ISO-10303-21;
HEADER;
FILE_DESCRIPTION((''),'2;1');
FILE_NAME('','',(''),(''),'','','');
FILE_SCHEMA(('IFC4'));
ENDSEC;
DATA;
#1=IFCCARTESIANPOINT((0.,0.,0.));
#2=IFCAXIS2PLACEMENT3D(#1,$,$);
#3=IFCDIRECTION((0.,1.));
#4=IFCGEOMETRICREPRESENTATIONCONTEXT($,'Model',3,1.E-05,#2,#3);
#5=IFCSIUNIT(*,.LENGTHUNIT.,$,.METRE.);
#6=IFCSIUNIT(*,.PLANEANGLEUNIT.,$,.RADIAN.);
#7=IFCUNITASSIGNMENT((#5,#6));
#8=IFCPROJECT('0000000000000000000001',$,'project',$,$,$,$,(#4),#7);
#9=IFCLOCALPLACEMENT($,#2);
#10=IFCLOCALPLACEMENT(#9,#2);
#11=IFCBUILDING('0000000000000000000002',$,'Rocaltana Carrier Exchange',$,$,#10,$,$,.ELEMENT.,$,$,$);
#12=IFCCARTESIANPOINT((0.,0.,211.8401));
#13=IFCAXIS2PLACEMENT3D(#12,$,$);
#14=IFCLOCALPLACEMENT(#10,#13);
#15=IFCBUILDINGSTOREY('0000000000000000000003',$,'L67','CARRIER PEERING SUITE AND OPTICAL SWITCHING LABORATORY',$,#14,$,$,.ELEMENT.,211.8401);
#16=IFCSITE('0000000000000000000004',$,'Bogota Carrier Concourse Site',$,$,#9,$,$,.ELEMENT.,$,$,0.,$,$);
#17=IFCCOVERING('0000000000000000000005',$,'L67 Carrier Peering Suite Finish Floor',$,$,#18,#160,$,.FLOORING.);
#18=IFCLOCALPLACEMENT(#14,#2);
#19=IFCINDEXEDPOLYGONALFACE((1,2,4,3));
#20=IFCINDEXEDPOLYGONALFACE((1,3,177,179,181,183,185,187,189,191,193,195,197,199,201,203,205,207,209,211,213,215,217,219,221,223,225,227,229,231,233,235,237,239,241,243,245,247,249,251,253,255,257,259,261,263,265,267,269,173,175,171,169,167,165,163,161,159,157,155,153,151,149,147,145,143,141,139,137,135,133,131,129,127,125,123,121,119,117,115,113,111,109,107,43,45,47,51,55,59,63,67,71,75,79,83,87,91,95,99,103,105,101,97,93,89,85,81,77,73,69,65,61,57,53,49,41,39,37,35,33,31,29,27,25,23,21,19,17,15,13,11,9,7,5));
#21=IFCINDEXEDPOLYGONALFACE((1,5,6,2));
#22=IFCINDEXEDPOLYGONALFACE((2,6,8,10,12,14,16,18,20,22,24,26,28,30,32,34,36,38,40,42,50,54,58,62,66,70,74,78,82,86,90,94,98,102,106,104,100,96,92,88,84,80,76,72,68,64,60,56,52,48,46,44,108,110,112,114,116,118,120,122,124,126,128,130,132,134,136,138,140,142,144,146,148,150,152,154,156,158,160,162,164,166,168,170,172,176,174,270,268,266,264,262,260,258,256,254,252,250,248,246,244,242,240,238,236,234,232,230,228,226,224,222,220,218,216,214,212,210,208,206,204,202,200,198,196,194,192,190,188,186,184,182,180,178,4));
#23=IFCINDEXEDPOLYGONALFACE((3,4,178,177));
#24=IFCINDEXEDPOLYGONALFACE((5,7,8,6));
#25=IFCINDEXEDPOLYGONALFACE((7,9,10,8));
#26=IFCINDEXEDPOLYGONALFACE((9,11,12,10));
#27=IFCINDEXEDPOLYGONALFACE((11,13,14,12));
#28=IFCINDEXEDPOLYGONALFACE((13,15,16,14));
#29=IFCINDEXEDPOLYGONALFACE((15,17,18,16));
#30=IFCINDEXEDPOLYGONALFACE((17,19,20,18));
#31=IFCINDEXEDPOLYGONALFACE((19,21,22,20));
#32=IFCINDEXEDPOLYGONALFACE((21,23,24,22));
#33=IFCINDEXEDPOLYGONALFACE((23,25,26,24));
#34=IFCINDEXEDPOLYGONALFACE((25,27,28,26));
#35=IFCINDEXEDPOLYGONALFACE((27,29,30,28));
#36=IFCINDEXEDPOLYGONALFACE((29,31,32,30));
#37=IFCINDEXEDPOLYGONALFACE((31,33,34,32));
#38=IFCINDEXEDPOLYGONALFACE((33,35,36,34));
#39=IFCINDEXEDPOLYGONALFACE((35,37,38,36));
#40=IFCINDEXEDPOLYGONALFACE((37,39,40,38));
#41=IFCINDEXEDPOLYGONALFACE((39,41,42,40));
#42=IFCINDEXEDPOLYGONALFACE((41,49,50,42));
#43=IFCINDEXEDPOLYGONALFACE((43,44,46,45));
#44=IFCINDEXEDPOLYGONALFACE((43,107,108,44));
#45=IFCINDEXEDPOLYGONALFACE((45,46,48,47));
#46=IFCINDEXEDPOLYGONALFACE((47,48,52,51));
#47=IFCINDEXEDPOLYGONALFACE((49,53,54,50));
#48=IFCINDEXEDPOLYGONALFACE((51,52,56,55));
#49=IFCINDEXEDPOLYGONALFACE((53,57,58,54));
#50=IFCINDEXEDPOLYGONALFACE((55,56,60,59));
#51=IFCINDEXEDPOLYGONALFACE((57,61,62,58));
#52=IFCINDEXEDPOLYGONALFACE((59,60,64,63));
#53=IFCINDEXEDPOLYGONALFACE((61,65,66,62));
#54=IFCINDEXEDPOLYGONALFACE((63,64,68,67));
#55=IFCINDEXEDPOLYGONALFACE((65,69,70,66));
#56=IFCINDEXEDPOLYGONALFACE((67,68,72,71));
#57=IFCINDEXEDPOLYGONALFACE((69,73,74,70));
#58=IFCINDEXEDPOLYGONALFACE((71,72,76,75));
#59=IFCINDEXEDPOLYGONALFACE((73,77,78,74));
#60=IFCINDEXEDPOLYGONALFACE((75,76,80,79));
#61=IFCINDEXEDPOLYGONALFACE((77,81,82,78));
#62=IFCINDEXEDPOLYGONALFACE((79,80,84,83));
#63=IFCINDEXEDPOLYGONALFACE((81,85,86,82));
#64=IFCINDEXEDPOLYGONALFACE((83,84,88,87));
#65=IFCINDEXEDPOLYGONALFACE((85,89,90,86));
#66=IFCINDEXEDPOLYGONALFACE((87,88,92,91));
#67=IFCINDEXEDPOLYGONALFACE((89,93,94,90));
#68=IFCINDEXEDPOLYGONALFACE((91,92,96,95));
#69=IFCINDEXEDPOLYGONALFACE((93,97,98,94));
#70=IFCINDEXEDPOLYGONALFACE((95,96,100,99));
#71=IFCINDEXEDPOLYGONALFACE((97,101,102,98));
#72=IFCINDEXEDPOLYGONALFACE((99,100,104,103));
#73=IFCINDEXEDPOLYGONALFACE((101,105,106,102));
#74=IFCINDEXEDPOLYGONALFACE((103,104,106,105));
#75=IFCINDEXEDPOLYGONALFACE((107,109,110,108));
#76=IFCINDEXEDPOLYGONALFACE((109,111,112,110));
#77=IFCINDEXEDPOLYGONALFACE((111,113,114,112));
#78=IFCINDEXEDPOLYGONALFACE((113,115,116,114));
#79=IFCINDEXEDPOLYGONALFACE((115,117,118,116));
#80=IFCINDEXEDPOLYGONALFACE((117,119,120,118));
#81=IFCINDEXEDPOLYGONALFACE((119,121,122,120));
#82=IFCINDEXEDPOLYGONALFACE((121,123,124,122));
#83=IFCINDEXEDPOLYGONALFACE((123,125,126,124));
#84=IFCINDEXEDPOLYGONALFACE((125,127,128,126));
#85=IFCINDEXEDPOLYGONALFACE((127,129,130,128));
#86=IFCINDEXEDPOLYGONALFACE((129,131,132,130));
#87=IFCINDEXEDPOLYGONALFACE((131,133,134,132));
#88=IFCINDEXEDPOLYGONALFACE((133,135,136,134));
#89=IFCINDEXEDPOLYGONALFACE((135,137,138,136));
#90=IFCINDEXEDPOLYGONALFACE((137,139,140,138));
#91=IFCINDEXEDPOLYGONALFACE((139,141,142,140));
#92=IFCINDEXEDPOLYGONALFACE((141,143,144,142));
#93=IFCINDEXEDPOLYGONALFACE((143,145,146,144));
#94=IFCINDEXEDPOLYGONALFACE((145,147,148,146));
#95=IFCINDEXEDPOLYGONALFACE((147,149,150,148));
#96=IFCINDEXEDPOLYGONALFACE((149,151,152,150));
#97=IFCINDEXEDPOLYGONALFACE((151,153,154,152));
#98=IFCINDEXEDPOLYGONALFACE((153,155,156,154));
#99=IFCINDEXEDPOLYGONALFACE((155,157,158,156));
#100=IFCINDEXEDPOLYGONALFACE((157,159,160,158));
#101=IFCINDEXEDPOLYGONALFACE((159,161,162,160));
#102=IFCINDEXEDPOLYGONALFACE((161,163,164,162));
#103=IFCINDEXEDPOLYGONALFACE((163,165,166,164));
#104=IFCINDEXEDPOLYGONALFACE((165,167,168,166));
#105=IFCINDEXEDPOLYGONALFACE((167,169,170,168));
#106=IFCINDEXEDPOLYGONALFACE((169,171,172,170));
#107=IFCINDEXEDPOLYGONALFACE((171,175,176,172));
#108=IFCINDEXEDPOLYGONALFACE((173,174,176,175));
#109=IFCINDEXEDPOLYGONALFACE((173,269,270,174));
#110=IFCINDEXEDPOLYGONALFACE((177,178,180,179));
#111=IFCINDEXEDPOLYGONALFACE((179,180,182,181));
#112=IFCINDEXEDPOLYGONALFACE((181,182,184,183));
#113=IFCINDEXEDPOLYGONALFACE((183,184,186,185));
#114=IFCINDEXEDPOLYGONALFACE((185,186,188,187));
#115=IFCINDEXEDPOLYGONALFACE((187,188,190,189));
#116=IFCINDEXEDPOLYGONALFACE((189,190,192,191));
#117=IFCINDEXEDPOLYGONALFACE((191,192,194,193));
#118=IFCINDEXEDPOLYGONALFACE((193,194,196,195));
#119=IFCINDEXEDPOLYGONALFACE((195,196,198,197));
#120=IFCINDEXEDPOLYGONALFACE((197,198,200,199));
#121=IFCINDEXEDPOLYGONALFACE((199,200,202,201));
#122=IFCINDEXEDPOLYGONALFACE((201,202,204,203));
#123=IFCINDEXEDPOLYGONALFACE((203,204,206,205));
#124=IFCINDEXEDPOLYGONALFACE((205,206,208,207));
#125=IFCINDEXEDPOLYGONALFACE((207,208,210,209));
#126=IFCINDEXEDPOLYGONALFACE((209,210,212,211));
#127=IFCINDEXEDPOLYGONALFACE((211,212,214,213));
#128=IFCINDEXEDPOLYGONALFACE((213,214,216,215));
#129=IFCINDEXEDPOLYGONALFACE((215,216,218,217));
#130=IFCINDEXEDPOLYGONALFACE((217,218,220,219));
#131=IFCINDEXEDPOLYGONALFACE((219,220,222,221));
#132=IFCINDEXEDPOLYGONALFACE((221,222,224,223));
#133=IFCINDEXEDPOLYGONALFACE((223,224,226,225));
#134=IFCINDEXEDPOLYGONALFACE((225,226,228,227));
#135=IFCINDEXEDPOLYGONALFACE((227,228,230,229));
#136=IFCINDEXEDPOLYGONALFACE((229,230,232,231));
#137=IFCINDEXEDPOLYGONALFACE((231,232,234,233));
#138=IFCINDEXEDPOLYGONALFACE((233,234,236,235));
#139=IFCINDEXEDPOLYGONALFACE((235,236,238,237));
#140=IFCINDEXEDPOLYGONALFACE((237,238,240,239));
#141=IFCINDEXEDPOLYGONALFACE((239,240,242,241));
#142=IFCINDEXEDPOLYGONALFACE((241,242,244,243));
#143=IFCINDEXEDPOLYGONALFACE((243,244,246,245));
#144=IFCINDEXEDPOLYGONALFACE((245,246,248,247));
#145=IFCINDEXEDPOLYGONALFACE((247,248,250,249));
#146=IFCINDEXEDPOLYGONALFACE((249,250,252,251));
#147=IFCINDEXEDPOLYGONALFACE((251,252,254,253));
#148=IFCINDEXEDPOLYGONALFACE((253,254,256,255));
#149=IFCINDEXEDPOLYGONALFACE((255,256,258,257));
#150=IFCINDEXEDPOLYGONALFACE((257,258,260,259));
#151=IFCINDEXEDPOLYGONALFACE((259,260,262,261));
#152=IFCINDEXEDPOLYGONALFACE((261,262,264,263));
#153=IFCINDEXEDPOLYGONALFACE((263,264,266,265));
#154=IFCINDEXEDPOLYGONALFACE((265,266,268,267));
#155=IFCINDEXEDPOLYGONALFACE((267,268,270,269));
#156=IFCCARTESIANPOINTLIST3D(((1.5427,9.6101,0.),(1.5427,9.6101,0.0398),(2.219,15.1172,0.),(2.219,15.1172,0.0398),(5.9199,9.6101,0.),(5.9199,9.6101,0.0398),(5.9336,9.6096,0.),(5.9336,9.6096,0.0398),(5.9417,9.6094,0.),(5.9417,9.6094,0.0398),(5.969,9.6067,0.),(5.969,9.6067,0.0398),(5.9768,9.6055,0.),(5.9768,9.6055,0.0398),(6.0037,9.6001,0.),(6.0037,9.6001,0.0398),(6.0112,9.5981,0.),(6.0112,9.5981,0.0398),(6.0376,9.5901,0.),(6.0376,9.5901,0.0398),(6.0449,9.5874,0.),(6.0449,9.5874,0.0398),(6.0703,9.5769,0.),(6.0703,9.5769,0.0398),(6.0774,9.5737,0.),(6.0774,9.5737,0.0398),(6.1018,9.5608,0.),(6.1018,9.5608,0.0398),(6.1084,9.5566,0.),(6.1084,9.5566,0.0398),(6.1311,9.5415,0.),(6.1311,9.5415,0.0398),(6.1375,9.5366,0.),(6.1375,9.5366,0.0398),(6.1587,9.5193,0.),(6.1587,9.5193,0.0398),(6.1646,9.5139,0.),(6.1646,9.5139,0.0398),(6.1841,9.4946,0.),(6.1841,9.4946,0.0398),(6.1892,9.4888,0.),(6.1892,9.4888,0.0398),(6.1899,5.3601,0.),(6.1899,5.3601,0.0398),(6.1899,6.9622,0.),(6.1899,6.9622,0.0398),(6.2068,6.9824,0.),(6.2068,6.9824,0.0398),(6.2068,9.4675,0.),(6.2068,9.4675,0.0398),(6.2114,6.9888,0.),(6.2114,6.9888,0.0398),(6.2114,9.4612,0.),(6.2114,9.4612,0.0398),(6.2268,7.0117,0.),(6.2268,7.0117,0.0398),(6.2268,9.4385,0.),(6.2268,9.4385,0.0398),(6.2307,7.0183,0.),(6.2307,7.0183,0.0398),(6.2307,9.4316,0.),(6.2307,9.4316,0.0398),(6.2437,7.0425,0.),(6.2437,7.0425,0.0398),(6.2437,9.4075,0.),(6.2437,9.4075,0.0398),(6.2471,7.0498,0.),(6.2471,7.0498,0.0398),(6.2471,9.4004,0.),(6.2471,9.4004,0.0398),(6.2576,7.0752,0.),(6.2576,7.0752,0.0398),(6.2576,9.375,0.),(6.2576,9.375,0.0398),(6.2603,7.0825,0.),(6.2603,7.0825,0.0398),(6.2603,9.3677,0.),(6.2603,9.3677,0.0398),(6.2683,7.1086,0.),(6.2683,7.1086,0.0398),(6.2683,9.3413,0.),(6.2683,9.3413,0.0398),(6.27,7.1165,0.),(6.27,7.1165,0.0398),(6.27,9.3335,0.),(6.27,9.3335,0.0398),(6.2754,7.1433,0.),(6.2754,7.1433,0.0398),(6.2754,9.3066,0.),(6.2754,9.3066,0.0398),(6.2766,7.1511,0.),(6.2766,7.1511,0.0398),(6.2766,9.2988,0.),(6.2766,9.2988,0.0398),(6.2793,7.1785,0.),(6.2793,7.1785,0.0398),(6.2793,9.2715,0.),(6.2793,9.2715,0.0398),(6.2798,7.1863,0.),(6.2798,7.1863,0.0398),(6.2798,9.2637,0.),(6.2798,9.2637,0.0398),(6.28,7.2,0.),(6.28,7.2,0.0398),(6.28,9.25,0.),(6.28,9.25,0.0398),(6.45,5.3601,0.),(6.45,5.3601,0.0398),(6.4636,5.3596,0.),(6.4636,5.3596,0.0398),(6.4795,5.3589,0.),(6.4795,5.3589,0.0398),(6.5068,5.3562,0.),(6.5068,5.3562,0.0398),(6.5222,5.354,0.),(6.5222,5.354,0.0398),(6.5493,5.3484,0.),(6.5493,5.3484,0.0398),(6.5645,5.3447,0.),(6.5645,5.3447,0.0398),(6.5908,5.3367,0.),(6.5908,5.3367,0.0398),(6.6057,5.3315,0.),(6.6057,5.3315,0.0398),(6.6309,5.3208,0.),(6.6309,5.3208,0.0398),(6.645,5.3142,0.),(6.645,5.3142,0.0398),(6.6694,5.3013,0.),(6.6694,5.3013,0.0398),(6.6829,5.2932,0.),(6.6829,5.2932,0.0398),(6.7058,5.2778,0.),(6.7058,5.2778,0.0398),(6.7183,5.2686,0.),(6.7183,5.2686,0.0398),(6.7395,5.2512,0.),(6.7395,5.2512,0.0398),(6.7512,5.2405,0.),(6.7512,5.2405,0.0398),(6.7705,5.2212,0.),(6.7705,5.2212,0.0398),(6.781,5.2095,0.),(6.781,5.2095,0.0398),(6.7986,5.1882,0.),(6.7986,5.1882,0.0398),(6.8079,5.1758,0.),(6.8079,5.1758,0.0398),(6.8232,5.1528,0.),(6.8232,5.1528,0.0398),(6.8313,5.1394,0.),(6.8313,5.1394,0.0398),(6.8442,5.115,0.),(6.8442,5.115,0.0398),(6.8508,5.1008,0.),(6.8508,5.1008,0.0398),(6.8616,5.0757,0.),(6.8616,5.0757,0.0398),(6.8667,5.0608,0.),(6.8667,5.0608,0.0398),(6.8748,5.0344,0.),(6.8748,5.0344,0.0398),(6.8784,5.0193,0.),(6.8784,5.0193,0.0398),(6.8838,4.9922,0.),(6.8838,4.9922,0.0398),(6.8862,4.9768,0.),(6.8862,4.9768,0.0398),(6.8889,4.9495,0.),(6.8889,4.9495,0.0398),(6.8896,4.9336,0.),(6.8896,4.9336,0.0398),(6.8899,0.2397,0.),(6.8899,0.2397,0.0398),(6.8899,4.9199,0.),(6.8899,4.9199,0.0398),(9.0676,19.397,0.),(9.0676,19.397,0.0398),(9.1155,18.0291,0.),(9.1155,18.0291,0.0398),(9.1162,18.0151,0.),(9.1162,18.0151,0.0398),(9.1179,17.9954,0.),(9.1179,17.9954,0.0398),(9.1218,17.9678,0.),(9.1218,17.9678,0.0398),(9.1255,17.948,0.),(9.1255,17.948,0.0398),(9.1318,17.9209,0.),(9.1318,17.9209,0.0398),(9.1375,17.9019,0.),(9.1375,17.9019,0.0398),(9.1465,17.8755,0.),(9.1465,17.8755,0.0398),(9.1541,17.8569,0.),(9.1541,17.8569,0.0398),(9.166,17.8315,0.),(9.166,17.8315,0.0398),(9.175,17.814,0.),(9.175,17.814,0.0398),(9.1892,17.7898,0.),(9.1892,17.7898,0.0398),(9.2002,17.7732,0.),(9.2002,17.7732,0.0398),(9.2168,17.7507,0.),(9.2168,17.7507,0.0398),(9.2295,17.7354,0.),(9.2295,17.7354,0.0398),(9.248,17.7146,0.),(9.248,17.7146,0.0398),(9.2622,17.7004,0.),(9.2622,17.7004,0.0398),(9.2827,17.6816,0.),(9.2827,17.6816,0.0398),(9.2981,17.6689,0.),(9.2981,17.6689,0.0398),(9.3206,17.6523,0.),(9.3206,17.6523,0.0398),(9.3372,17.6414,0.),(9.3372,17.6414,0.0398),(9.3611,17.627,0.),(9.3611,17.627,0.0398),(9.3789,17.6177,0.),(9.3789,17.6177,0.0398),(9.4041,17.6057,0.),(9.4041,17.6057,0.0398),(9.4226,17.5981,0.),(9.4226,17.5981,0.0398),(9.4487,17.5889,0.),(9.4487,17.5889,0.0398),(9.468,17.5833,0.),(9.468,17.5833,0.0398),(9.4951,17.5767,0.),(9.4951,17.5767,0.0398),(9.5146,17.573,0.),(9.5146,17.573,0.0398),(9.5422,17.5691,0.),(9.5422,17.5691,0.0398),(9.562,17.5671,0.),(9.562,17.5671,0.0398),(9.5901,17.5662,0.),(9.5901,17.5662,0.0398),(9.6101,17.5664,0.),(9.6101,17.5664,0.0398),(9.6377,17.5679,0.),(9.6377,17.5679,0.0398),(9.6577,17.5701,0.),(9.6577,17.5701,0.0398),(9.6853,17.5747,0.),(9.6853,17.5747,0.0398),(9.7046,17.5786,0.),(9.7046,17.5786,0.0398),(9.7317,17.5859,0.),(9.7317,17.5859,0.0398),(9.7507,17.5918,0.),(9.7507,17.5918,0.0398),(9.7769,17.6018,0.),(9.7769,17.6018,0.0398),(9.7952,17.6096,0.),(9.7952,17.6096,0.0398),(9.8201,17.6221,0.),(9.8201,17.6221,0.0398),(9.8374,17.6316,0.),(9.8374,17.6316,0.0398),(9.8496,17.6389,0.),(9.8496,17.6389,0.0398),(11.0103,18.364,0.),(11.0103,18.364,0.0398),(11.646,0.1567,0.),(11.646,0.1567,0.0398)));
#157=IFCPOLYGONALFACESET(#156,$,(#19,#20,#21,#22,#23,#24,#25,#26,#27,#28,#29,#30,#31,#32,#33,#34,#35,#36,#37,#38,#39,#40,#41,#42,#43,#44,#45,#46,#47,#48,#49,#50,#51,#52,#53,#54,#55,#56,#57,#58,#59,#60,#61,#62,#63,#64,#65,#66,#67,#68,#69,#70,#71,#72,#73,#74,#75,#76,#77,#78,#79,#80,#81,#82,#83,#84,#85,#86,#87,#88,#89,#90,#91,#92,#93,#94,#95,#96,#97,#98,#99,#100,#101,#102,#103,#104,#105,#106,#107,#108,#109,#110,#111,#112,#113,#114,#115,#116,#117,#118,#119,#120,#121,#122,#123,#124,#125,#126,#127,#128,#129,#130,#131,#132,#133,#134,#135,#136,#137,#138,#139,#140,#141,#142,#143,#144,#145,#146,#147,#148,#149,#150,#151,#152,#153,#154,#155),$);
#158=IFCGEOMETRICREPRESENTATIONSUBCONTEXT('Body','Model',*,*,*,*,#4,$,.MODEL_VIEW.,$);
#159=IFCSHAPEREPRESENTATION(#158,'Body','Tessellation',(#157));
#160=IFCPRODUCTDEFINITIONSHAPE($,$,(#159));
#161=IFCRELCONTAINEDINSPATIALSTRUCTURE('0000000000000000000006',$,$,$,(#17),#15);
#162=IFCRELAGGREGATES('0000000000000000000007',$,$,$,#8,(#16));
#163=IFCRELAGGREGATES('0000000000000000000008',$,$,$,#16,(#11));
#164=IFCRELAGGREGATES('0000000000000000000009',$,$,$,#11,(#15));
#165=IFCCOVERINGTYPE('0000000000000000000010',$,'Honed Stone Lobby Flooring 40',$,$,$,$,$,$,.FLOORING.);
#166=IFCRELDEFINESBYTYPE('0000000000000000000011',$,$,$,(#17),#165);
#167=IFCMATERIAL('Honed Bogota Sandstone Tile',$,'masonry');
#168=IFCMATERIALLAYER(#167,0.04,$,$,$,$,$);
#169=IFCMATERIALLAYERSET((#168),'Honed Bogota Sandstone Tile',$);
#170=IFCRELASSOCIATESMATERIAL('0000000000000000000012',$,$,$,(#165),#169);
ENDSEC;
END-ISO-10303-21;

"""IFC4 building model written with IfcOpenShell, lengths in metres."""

from ifc_helpers import new_model, si_unit, direction, frame, origin, place, context, subcontext, project, spatial, polyline, outline, extrude, material, layer, layer_set, type_object, element, save


model = new_model("IFC4")

# Units and contexts
model_context = context("Model", 3, precision=1e-05, world=origin(), true_north=direction((0.0, 1.0)))
body_context = subcontext(model_context, "Body", "Model", "MODEL_VIEW")
ifc_project = project(units=[si_unit("LENGTHUNIT", "METRE"), si_unit("PLANEANGLEUNIT", "RADIAN")], contexts=[model_context])

# Site, building, storey
site_placement = place(None, origin())
site = spatial("IfcSite", under=ifc_project, at=site_placement, Name="Bogota Carrier Concourse Site", CompositionType="ELEMENT", RefElevation=0.0)
building_placement = place(site_placement, origin())
building = spatial("IfcBuilding", under=site, at=building_placement, Name="Rocaltana Carrier Exchange", CompositionType="ELEMENT")
storey_placement = place(building_placement, frame((0.0, 0.0, 211.8401)))
storey = spatial("IfcBuildingStorey", under=building, at=storey_placement, Name="L67", Description="CARRIER PEERING SUITE AND OPTICAL SWITCHING LABORATORY", CompositionType="ELEMENT", Elevation=211.8401)

# Covering
ifc_material_1 = material(Name="Honed Bogota Sandstone Tile", Category="masonry")
ifc_layer_1 = layer(ifc_material_1, 0.04)
ifc_layer_set_1 = layer_set([ifc_layer_1], Name="Honed Bogota Sandstone Tile")
covering_type_1 = type_object("IfcCoveringType", Name="Honed Stone Lobby Flooring 40", PredefinedType="FLOORING", material=ifc_layer_set_1)
covering_1_placement = place(storey_placement, origin())
element("IfcCovering", 1, at=covering_1_placement, inside=storey, type_object=covering_type_1, Name="L67 Carrier Peering Suite Finish Floor", PredefinedType="FLOORING", context=body_context, shape_type="SweptSolid", body=[
    extrude(outline(polyline([(6.1899, 6.9622), (6.2068, 6.9824), (6.2114, 6.9888), (6.2268, 7.0117), (6.2307, 7.0183), (6.2437, 7.0425), (6.2471, 7.0498), (6.2576, 7.0752), (6.2603, 7.0825), (6.2683, 7.1086), (6.27, 7.1165), (6.2754, 7.1433), (6.2766, 7.1511), (6.2793, 7.1785), (6.2798, 7.1863), (6.28, 7.2), (6.28, 9.25), (6.2798, 9.2637), (6.2793, 9.2715), (6.2766, 9.2988), (6.2754, 9.3066), (6.27, 9.3335), (6.2683, 9.3413), (6.2603, 9.3677), (6.2576, 9.375), (6.2471, 9.4004), (6.2437, 9.4075), (6.2307, 9.4316), (6.2268, 9.4385), (6.2114, 9.4612), (6.2068, 9.4675), (6.1892, 9.4888), (6.1841, 9.4946), (6.1646, 9.5139), (6.1587, 9.5193), (6.1375, 9.5366), (6.1311, 9.5415), (6.1084, 9.5566), (6.1018, 9.5608), (6.0774, 9.5737), (6.0703, 9.5769), (6.0449, 9.5874), (6.0376, 9.5901), (6.0112, 9.5981), (6.0037, 9.6001), (5.9768, 9.6055), (5.969, 9.6067), (5.9417, 9.6094), (5.9336, 9.6096), (5.9199, 9.6101), (1.5427, 9.6101), (2.219, 15.1172), (9.0676, 19.397), (9.1155, 18.0291), (9.1162, 18.0151), (9.1179, 17.9954), (9.1218, 17.9678), (9.1255, 17.948), (9.1318, 17.9209), (9.1375, 17.9019), (9.1465, 17.8755), (9.1541, 17.8569), (9.166, 17.8315), (9.175, 17.814), (9.1892, 17.7898), (9.2002, 17.7732), (9.2168, 17.7507), (9.2295, 17.7354), (9.248, 17.7146), (9.2622, 17.7004), (9.2827, 17.6816), (9.2981, 17.6689), (9.3206, 17.6523), (9.3372, 17.6414), (9.3611, 17.627), (9.3789, 17.6177), (9.4041, 17.6057), (9.4226, 17.5981), (9.4487, 17.5889), (9.468, 17.5833), (9.4951, 17.5767), (9.5146, 17.573), (9.5422, 17.5691), (9.562, 17.5671), (9.5901, 17.5662), (9.6101, 17.5664), (9.6377, 17.5679), (9.6577, 17.5701), (9.6853, 17.5747), (9.7046, 17.5786), (9.7317, 17.5859), (9.7507, 17.5918), (9.7769, 17.6018), (9.7952, 17.6096), (9.8201, 17.6221), (9.8374, 17.6316), (9.8496, 17.6389), (11.0103, 18.364), (11.646, 0.1567), (6.8899, 0.2397), (6.8899, 4.9199), (6.8896, 4.9336), (6.8889, 4.9495), (6.8862, 4.9768), (6.8838, 4.9922), (6.8784, 5.0193), (6.8748, 5.0344), (6.8667, 5.0608), (6.8616, 5.0757), (6.8508, 5.1008), (6.8442, 5.115), (6.8313, 5.1394), (6.8232, 5.1528), (6.8079, 5.1758), (6.7986, 5.1882), (6.781, 5.2095), (6.7705, 5.2212), (6.7512, 5.2405), (6.7395, 5.2512), (6.7183, 5.2686), (6.7058, 5.2778), (6.6829, 5.2932), (6.6694, 5.3013), (6.645, 5.3142), (6.6309, 5.3208), (6.6057, 5.3315), (6.5908, 5.3367), (6.5645, 5.3447), (6.5493, 5.3484), (6.5222, 5.354), (6.5068, 5.3562), (6.4795, 5.3589), (6.4636, 5.3596), (6.45, 5.3601), (6.1899, 5.3601), (6.1899, 6.9622)])), origin(), (0.0, 0.0, 1.0), 0.0398),
])

save(model, "model.ifc")
